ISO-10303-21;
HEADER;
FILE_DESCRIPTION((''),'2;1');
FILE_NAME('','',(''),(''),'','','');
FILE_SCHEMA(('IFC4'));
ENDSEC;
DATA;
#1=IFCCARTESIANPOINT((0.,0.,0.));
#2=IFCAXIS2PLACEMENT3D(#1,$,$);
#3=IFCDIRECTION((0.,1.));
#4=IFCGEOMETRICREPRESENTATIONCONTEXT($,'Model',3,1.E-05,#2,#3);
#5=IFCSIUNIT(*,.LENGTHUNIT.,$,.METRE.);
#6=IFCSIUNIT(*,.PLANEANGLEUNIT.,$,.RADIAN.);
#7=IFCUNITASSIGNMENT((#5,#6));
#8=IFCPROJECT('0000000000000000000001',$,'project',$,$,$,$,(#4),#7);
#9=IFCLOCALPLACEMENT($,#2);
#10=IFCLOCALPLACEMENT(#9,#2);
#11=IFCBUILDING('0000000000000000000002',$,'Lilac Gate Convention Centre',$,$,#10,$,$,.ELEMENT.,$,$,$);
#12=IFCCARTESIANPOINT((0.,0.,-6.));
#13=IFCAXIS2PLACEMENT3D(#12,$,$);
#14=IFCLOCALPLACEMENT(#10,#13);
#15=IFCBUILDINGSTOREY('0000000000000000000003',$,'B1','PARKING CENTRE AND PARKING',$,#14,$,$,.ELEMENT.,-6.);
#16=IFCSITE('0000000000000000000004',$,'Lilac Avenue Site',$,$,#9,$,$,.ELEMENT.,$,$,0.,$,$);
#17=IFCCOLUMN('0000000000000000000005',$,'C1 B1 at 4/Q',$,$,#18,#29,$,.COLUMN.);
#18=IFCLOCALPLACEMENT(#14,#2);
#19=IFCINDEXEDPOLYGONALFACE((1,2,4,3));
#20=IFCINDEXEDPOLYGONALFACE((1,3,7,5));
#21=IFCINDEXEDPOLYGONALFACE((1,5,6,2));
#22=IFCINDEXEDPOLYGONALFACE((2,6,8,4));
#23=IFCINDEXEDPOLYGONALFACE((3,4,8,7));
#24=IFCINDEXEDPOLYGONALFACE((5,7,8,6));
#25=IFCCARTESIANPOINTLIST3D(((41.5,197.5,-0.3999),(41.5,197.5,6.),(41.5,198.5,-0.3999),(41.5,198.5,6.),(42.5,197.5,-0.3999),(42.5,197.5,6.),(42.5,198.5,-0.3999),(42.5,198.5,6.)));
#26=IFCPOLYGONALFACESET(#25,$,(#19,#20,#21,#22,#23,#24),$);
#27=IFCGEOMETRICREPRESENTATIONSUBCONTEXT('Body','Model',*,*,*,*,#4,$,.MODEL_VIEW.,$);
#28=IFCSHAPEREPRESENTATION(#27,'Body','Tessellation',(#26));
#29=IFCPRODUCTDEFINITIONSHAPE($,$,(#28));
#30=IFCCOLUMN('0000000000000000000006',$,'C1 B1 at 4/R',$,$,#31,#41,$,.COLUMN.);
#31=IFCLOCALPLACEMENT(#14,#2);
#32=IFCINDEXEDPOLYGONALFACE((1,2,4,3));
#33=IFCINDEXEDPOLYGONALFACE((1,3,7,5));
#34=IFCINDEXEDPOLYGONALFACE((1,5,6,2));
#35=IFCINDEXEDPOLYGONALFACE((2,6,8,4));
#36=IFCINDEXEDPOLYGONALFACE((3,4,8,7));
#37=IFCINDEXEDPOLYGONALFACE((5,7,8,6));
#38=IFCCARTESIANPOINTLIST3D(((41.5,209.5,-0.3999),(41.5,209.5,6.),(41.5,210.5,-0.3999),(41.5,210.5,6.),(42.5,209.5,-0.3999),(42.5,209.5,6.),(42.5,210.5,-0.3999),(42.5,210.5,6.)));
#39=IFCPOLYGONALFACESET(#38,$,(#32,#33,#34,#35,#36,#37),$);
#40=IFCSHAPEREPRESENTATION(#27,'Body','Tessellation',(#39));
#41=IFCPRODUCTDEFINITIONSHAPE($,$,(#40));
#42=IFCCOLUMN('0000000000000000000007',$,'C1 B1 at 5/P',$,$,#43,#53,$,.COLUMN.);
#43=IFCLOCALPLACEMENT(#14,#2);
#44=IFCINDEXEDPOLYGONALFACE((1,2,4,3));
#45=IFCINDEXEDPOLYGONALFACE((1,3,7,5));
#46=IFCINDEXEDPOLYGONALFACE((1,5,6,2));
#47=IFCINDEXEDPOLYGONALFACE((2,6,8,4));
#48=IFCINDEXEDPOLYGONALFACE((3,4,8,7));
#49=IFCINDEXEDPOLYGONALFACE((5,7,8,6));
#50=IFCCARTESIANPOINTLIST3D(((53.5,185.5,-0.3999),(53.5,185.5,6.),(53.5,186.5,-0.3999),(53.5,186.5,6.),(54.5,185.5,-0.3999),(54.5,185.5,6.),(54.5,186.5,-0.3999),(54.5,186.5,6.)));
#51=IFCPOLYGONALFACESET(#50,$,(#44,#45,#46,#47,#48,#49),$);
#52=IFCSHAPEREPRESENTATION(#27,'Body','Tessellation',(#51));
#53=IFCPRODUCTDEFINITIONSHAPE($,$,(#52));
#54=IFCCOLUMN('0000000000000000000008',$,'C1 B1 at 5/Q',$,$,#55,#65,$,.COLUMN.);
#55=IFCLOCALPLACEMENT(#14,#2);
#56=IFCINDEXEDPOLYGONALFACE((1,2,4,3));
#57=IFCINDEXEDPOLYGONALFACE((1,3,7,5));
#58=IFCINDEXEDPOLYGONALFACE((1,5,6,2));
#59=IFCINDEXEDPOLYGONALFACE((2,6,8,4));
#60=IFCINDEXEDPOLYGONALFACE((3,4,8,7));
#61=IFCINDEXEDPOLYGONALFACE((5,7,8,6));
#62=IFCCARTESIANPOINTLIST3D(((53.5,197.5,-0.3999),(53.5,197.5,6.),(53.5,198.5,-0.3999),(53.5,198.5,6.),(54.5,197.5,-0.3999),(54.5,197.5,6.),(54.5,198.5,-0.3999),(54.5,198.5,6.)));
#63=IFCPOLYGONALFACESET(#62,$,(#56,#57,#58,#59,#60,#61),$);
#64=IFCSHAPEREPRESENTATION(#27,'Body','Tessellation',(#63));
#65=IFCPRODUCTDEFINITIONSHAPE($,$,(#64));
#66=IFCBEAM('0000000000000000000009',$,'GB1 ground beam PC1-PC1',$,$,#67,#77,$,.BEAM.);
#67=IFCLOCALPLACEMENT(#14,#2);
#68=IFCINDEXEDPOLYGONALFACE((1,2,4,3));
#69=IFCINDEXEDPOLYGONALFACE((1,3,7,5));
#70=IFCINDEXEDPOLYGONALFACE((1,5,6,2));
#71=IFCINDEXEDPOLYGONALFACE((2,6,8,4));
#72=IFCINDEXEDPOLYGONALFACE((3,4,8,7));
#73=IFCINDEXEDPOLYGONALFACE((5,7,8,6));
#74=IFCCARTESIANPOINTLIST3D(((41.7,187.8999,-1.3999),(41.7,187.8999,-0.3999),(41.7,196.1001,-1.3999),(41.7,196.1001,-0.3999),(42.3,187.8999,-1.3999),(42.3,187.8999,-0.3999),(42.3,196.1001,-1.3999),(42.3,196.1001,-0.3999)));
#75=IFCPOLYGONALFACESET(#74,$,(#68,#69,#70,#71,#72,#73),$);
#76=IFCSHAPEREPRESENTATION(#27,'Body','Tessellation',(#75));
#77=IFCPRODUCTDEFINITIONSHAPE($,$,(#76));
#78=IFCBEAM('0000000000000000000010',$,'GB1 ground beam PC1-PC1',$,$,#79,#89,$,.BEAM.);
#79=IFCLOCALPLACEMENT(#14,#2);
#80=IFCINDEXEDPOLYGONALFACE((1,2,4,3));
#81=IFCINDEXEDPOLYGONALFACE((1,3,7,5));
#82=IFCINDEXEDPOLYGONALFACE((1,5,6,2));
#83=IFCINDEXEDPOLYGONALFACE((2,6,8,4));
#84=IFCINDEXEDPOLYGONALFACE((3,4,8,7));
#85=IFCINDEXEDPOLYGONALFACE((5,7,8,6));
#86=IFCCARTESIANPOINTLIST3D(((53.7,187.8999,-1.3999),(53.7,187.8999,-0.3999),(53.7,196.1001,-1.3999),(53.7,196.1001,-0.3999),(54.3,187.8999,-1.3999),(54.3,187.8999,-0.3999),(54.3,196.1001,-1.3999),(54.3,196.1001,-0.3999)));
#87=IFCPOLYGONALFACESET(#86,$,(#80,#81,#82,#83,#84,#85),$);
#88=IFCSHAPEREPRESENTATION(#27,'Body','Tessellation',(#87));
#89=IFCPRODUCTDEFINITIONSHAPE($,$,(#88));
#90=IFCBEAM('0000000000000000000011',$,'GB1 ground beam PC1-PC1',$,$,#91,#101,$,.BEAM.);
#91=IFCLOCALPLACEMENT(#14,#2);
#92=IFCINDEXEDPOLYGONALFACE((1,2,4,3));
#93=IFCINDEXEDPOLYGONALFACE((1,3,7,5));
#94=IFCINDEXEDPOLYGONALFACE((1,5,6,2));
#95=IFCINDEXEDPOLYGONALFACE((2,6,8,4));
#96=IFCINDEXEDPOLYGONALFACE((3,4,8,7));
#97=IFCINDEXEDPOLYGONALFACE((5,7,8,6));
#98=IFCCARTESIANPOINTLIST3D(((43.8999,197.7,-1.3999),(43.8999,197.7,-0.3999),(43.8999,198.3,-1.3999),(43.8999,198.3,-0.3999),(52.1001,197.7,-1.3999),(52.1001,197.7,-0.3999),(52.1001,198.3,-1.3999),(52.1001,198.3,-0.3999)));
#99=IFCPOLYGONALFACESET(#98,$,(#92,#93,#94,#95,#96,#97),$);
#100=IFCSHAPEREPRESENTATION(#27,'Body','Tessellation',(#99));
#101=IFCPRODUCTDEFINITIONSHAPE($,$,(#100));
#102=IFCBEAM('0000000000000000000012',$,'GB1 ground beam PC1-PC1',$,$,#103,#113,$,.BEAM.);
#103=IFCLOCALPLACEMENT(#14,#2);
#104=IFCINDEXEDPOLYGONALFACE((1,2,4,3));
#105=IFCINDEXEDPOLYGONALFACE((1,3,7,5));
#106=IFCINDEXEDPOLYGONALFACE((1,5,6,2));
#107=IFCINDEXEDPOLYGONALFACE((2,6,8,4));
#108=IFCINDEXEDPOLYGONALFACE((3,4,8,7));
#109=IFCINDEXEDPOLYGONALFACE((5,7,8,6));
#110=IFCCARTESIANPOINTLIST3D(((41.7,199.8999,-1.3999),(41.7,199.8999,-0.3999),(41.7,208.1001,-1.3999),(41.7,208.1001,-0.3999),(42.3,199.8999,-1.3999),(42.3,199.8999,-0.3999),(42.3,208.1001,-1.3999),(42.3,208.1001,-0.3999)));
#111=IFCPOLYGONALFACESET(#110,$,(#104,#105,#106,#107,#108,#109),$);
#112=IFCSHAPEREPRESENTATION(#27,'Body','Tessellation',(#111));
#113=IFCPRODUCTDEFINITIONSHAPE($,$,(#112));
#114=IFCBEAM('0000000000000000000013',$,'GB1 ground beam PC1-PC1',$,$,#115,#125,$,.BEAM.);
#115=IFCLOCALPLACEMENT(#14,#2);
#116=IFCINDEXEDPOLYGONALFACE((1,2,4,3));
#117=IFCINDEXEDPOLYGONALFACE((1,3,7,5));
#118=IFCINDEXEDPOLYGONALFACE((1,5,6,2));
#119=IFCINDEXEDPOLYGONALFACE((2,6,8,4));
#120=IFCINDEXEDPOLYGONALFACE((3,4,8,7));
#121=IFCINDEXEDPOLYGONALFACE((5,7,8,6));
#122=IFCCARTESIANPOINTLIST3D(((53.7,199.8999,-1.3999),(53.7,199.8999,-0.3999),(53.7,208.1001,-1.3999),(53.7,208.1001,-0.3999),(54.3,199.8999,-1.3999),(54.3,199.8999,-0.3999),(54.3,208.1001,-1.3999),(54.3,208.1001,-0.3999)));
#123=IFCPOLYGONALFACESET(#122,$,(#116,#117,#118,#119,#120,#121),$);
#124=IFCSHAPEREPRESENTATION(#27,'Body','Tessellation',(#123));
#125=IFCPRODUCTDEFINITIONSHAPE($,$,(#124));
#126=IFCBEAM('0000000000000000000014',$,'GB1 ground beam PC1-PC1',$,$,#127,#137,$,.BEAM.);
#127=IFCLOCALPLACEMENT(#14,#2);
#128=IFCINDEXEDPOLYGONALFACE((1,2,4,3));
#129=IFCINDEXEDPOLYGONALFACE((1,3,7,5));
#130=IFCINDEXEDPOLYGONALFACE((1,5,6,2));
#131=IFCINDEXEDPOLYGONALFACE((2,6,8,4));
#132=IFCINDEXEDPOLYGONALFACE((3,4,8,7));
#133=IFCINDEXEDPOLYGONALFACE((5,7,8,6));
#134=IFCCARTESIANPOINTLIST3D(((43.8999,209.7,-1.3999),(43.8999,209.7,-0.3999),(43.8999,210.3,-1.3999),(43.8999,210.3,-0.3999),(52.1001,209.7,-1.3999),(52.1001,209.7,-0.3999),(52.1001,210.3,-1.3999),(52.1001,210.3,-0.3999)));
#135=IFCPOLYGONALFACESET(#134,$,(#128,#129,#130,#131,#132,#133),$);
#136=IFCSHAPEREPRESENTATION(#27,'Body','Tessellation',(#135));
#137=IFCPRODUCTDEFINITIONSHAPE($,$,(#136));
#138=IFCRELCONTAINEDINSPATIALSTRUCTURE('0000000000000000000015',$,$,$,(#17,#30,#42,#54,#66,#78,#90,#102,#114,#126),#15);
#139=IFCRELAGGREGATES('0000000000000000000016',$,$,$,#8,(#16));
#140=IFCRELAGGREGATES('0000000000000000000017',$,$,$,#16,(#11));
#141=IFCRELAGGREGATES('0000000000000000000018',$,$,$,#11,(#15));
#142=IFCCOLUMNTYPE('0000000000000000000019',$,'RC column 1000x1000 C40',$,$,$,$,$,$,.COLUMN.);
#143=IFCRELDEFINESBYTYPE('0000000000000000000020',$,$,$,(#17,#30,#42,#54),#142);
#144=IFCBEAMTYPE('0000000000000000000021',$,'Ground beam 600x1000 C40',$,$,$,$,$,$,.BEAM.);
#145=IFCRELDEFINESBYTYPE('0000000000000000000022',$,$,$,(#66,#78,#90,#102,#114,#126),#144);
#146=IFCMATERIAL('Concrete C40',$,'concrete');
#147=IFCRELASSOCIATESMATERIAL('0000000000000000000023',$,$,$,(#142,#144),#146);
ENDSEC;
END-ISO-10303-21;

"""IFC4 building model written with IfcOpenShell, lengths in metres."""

from ifc_helpers import new_model, si_unit, direction, frame, origin, origin_2d, place, context, subcontext, project, spatial, rectangle, extrude, material, material_profile, profile_set, type_object, element, save


model = new_model("IFC4")

# Units and contexts
model_context = context("Model", 3, precision=1e-05, world=origin(), true_north=direction((0.0, 1.0)))
body_context = subcontext(model_context, "Body", "Model", "MODEL_VIEW")
ifc_project = project(units=[si_unit("LENGTHUNIT", "METRE"), si_unit("PLANEANGLEUNIT", "RADIAN")], contexts=[model_context])

# Site, building, storey
site_placement = place(None, origin())
site = spatial("IfcSite", under=ifc_project, at=site_placement, Name="Lilac Avenue Site", CompositionType="ELEMENT", RefElevation=0.0)
building_placement = place(site_placement, origin())
building = spatial("IfcBuilding", under=site, at=building_placement, Name="Lilac Gate Convention Centre", CompositionType="ELEMENT")
storey_placement = place(building_placement, frame((0.0, 0.0, -6.0)))
storey = spatial("IfcBuildingStorey", under=building, at=storey_placement, Name="B1", Description="PARKING CENTRE AND PARKING", CompositionType="ELEMENT", Elevation=-6.0)

# Columns
ifc_material_1 = material(Name="Concrete C40", Category="concrete")
ifc_material_profile_1 = material_profile(ifc_material_1, rectangle(XDim=1.0, YDim=1.0, at=origin_2d()), Name="RC 1000x1000")
ifc_profile_set_1 = profile_set([ifc_material_profile_1], Name="Concrete C40")
column_type = type_object("IfcColumnType", Name="RC column 1000x1000 C40", PredefinedType="COLUMN", material=ifc_profile_set_1)
for number, where, z_axis, x_axis, name in (
    (1, (42.0, 198.0, -0.3999), (0.0, 0.0, 1.0), (1.0, 0.0, 0.0), "C1 B1 at 4/Q"),
    (2, (42.0, 210.0, -0.3999), (0.0, 0.0, 1.0), (1.0, 0.0, 0.0), "C1 B1 at 4/R"),
    (3, (54.0, 186.0, -0.3999), (0.0, 0.0, 1.0), (1.0, 0.0, 0.0), "C1 B1 at 5/P"),
    (4, (54.0, 198.0, -0.3999), (0.0, 0.0, 1.0), (1.0, 0.0, 0.0), "C1 B1 at 5/Q"),
):
    element("IfcColumn", number, at=place(storey_placement, frame(where, z_axis=z_axis, x_axis=x_axis)), inside=storey, type_object=column_type, Name=name, PredefinedType="COLUMN", context=body_context, shape_type="SweptSolid", body=[
        extrude(rectangle(XDim=1.0, YDim=1.0, at=origin_2d()), origin(), (0.0, 0.0, 1.0), 6.3999),
    ])

# Beams
ifc_material_profile_2 = material_profile(ifc_material_1, rectangle(XDim=0.6001, YDim=1.0, at=origin_2d()), Name="RC 600x1000")
ifc_profile_set_2 = profile_set([ifc_material_profile_2], Name="Concrete C40")
beam_type = type_object("IfcBeamType", Name="Ground beam 600x1000 C40", PredefinedType="BEAM", material=ifc_profile_set_2)
for number, where, z_axis, x_axis, name in (
    (5, (42.0, 187.8999, -0.8999), (0.0, 1.0, 0.0), (-1.0, 0.0, 0.0), "GB1 ground beam PC1-PC1"),
    (6, (54.0, 187.8999, -0.8999), (0.0, 1.0, 0.0), (-1.0, 0.0, 0.0), "GB1 ground beam PC1-PC1"),
    (7, (43.8999, 198.0, -0.8999), (1.0, 0.0, 0.0), (0.0, 1.0, 0.0), "GB1 ground beam PC1-PC1"),
    (8, (42.0, 199.8999, -0.8999), (0.0, 1.0, 0.0), (-1.0, 0.0, 0.0), "GB1 ground beam PC1-PC1"),
    (9, (54.0, 199.8999, -0.8999), (0.0, 1.0, 0.0), (-1.0, 0.0, 0.0), "GB1 ground beam PC1-PC1"),
    (10, (43.8999, 210.0, -0.8999), (1.0, 0.0, 0.0), (0.0, 1.0, 0.0), "GB1 ground beam PC1-PC1"),
):
    element("IfcBeam", number, at=place(storey_placement, frame(where, z_axis=z_axis, x_axis=x_axis)), inside=storey, type_object=beam_type, Name=name, PredefinedType="BEAM", context=body_context, shape_type="SweptSolid", body=[
        extrude(rectangle(XDim=0.6001, YDim=1.0, at=origin_2d()), origin(), (0.0, 0.0, 1.0), 8.2002),
    ])

save(model, "model.ifc")
